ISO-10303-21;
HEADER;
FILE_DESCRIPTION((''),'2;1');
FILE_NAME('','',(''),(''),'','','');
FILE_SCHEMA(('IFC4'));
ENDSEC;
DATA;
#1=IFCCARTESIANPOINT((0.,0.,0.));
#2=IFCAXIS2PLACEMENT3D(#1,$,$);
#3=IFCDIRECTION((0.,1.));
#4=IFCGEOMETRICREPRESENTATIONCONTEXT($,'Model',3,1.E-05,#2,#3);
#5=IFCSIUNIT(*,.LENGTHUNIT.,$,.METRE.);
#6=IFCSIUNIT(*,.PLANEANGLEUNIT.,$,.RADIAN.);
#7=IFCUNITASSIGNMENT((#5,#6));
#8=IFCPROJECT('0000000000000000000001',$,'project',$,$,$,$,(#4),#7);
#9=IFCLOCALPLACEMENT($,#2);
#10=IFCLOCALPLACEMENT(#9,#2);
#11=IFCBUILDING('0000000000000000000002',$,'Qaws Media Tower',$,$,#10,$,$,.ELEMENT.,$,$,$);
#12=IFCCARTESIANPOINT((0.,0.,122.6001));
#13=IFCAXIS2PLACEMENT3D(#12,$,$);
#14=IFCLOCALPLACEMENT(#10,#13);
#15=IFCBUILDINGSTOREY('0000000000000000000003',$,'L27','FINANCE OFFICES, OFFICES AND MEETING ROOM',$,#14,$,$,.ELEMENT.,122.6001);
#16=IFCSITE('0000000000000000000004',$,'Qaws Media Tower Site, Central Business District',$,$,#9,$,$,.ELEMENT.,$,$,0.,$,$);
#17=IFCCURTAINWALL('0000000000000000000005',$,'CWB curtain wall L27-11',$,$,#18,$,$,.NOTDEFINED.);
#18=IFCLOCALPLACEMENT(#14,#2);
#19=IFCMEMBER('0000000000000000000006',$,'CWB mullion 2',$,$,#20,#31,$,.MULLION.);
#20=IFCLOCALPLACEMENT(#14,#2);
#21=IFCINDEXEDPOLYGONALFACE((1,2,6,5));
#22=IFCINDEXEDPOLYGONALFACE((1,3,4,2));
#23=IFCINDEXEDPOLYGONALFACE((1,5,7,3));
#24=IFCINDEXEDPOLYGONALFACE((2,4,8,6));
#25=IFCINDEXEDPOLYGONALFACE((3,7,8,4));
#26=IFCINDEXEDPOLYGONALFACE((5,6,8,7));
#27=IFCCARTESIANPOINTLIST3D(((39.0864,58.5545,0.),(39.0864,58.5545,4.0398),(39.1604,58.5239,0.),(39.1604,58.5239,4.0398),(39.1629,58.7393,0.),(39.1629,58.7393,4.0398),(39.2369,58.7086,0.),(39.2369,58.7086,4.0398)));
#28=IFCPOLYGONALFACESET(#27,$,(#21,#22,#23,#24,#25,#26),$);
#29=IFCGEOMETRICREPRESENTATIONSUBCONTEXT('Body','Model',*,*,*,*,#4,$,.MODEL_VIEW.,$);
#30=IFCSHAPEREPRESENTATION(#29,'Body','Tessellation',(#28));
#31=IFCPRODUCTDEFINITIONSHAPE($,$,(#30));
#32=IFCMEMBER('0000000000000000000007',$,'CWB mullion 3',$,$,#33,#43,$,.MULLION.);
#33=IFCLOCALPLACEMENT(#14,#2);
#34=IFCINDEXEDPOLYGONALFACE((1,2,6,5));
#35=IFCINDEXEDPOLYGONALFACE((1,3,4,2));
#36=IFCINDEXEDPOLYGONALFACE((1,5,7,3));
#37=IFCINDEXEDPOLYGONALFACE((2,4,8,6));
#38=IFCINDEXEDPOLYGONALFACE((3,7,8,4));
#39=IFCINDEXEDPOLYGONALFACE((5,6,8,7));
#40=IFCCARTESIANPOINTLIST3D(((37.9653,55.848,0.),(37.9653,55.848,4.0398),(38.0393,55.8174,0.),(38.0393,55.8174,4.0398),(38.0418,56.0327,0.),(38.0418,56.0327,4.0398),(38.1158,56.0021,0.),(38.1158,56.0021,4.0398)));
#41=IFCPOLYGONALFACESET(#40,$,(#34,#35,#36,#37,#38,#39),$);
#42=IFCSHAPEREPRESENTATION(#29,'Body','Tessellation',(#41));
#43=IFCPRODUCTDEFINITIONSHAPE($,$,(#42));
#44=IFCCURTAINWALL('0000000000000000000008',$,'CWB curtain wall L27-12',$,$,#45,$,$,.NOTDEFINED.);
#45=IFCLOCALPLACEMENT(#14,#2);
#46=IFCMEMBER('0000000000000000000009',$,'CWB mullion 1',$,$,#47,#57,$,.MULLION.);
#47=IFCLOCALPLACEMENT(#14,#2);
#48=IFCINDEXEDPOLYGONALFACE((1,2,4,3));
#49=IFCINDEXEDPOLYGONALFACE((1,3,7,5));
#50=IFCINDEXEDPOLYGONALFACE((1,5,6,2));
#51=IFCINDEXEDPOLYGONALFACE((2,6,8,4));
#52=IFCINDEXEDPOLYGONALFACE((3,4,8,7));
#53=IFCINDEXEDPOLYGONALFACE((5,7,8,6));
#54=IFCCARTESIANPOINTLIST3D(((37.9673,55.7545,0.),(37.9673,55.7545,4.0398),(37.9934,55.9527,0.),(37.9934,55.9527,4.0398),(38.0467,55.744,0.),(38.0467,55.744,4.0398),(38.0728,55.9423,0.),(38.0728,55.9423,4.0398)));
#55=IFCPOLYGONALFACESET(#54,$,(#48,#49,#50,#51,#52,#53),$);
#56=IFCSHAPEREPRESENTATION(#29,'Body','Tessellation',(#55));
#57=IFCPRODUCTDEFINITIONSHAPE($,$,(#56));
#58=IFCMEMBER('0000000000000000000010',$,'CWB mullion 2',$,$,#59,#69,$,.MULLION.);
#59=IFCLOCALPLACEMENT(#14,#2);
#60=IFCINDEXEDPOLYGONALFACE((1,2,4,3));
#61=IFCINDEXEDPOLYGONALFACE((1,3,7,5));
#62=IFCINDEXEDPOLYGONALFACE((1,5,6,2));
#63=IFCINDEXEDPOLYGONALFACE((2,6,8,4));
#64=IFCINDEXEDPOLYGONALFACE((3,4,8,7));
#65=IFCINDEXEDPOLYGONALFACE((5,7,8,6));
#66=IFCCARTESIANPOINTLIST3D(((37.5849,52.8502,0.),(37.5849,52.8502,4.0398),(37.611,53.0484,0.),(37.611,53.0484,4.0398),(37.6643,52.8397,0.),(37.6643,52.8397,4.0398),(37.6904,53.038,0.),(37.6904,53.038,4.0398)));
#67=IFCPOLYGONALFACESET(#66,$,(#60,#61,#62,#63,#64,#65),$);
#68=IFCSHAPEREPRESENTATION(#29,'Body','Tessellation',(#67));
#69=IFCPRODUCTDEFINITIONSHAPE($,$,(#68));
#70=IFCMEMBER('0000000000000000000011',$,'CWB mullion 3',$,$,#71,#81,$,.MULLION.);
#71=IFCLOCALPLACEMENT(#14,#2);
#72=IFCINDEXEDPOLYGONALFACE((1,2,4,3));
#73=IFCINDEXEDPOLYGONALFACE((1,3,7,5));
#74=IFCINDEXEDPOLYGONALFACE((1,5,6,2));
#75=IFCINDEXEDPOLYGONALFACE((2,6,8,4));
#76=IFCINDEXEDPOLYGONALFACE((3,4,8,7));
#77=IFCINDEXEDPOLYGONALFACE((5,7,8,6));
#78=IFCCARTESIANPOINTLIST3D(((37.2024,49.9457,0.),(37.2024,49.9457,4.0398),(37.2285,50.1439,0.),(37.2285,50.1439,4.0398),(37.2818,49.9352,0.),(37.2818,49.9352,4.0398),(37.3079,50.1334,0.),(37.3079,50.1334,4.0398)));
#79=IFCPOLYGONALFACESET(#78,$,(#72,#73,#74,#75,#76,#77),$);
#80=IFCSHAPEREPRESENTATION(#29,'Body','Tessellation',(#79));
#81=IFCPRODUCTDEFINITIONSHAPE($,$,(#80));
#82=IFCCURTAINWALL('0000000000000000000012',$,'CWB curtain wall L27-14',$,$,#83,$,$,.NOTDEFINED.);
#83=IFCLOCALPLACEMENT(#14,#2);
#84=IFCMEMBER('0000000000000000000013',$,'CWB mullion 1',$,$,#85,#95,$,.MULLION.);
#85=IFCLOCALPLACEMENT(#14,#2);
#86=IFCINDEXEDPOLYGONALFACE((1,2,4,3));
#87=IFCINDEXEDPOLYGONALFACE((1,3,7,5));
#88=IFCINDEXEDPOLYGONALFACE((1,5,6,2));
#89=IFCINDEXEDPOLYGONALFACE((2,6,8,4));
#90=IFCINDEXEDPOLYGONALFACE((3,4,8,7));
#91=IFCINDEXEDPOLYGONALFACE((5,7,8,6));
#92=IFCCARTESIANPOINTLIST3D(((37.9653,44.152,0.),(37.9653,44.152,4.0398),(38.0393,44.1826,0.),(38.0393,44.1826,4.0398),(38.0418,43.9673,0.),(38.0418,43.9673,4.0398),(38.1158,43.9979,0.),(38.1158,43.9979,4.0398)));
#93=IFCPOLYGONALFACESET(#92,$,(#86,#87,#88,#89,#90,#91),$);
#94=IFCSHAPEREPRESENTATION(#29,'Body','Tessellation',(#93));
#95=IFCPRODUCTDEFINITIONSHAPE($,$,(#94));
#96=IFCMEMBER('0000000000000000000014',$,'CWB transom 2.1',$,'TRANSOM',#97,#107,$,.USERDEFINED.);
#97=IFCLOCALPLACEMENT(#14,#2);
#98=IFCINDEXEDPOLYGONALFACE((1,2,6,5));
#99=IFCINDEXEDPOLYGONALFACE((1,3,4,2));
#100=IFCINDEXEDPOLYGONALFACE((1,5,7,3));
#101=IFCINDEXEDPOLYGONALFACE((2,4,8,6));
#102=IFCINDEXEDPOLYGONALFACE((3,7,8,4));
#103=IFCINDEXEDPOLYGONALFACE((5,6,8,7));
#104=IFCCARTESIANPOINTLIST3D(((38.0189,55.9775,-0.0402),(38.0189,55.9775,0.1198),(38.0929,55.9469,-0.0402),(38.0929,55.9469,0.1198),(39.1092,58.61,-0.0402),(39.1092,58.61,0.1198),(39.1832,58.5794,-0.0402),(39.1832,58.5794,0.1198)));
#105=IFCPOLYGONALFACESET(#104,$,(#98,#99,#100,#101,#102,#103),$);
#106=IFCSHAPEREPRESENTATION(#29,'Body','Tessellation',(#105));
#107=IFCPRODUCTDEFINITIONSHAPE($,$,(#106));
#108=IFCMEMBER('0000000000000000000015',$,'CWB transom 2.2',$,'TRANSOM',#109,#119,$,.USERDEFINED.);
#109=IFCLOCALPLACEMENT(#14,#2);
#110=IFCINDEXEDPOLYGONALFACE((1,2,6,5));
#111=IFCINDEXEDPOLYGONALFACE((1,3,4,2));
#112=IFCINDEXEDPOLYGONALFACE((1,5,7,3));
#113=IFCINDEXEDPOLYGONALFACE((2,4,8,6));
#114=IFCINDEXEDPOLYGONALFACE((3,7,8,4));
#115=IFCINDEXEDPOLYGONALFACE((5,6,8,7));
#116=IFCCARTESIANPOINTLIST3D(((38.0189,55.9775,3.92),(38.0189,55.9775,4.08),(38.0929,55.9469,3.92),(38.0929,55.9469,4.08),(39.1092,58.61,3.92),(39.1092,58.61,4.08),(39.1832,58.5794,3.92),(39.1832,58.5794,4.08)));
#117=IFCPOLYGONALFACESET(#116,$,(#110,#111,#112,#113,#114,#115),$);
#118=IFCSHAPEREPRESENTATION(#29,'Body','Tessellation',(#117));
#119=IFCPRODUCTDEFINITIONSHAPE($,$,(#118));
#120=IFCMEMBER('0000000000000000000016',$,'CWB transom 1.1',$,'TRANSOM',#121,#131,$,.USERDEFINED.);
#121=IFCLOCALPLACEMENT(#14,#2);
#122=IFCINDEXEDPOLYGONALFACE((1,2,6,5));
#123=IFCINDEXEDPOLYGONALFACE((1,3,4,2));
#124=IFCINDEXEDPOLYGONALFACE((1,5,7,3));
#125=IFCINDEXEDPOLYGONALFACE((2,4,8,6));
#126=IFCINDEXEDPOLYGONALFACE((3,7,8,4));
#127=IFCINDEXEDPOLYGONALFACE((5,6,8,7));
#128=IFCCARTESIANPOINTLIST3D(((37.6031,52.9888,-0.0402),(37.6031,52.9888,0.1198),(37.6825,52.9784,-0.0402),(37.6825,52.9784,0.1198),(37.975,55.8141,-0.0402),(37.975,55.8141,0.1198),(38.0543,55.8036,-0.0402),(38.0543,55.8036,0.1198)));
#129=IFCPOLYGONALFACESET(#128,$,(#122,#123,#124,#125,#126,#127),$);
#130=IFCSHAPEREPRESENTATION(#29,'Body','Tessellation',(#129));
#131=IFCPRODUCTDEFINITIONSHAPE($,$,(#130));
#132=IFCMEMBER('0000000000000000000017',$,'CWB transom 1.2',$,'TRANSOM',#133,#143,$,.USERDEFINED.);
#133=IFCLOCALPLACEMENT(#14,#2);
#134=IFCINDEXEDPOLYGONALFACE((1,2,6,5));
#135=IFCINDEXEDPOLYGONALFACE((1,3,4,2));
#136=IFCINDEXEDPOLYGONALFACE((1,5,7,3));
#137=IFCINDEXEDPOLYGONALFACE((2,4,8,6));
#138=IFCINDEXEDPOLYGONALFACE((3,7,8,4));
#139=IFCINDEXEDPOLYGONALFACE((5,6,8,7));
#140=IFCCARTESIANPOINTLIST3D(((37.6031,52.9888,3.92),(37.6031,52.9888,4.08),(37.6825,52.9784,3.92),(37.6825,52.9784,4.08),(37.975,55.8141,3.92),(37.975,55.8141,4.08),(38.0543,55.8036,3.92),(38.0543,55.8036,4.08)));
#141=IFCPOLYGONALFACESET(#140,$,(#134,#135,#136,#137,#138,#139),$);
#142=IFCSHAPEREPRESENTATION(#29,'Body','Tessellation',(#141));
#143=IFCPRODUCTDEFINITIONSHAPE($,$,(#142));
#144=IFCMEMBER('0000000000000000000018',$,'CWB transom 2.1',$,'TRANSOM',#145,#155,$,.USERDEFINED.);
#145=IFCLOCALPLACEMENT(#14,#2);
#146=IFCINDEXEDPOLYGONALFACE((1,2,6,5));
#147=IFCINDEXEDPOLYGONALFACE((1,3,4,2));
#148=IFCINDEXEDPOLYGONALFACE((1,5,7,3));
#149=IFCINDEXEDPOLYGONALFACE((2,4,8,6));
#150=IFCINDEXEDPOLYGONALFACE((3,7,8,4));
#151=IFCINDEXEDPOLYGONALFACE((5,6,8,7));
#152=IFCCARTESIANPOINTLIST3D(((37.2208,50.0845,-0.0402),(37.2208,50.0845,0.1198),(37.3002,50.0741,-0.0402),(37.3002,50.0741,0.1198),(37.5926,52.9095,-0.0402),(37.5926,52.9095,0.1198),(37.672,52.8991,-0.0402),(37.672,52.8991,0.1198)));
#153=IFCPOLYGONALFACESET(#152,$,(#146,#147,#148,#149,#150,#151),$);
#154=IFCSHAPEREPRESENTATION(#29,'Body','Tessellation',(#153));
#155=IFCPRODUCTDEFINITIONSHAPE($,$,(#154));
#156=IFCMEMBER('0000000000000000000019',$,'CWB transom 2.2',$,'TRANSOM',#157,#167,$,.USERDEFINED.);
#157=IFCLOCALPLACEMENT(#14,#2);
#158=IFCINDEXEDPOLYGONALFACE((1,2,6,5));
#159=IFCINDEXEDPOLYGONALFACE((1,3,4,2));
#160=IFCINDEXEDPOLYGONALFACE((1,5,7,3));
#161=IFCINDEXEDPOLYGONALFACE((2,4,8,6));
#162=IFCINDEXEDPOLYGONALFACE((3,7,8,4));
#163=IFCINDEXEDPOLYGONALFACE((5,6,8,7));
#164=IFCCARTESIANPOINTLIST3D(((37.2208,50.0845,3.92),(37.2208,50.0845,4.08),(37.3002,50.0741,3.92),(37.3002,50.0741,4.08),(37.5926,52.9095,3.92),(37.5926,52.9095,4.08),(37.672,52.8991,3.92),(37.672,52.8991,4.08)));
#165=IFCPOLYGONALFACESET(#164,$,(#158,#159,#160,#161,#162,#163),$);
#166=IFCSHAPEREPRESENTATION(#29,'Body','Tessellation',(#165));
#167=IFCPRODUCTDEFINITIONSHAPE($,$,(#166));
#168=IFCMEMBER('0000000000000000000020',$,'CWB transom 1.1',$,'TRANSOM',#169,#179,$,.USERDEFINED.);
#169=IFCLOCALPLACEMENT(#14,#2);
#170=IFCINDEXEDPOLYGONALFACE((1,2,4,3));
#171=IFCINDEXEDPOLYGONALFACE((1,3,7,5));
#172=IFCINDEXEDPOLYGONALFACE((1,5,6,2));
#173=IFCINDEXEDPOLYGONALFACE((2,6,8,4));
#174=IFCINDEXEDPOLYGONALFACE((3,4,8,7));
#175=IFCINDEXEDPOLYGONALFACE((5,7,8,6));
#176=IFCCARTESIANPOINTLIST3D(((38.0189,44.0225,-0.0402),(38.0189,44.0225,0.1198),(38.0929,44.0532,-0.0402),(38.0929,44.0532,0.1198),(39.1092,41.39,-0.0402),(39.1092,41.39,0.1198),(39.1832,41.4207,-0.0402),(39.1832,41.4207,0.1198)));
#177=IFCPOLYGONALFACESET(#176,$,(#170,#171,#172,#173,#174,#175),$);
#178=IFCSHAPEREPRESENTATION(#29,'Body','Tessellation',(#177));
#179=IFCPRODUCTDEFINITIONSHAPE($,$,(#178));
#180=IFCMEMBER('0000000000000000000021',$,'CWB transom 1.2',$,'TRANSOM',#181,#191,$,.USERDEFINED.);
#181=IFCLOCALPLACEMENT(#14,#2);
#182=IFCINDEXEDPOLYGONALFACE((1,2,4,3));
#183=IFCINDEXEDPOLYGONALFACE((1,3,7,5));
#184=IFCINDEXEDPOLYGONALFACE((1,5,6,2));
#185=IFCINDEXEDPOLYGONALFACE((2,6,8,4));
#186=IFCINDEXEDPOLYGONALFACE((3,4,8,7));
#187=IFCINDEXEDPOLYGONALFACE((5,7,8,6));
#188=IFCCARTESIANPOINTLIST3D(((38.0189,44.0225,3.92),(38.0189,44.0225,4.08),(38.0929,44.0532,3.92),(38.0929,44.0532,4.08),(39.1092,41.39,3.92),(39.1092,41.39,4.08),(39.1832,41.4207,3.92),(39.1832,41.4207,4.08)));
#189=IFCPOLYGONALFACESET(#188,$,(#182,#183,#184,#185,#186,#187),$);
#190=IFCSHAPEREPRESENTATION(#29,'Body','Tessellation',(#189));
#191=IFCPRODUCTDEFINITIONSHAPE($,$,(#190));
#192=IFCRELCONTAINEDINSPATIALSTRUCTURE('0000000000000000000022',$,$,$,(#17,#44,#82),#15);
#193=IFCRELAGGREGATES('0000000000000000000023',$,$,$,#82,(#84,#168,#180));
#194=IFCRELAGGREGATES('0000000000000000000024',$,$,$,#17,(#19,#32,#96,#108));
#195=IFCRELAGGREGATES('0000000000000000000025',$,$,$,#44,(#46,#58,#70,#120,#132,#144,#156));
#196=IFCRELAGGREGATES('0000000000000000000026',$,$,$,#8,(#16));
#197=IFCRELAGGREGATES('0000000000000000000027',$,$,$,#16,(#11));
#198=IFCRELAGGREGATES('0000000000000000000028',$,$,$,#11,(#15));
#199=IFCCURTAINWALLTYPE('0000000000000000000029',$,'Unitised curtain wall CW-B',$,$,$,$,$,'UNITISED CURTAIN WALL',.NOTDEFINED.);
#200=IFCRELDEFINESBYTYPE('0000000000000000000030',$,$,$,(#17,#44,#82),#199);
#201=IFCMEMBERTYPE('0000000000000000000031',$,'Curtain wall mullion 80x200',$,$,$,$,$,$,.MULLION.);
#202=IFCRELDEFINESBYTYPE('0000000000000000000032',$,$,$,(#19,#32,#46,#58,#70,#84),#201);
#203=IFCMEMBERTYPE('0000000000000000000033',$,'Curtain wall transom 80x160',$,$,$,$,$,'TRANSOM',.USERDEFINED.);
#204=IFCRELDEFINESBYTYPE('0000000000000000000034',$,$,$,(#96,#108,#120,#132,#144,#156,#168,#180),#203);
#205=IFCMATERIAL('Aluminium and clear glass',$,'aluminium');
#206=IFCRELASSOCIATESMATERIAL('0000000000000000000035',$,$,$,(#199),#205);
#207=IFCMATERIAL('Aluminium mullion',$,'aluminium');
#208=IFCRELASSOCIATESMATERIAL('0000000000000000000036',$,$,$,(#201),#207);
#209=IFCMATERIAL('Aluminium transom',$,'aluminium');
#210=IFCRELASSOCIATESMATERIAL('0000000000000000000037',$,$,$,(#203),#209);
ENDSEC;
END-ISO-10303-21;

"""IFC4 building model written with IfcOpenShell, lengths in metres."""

from ifc_helpers import new_model, si_unit, direction, frame, origin, origin_2d, place, context, subcontext, project, spatial, rectangle, extrude, material, material_profile, profile_set, type_object, element, aggregate, save


model = new_model("IFC4")

# Units and contexts
model_context = context("Model", 3, precision=1e-05, world=origin(), true_north=direction((0.0, 1.0)))
body_context = subcontext(model_context, "Body", "Model", "MODEL_VIEW")
ifc_project = project(units=[si_unit("LENGTHUNIT", "METRE"), si_unit("PLANEANGLEUNIT", "RADIAN")], contexts=[model_context])

# Site, building, storey
site_placement = place(None, origin())
site = spatial("IfcSite", under=ifc_project, at=site_placement, Name="Qaws Media Tower Site, Central Business District", CompositionType="ELEMENT", RefElevation=0.0)
building_placement = place(site_placement, origin())
building = spatial("IfcBuilding", under=site, at=building_placement, Name="Qaws Media Tower", CompositionType="ELEMENT")
storey_placement = place(building_placement, frame((0.0, 0.0, 122.6001)))
storey = spatial("IfcBuildingStorey", under=building, at=storey_placement, Name="L27", Description="FINANCE OFFICES, OFFICES AND MEETING ROOM", CompositionType="ELEMENT", Elevation=122.6001)

# Curtain walls, members
ifc_material_1 = material(Name="Aluminium and clear glass", Category="aluminium")
curtain_wall_type = type_object("IfcCurtainWallType", Name="Unitised curtain wall CW-B", ElementType="UNITISED CURTAIN WALL", PredefinedType="NOTDEFINED", material=ifc_material_1)
curtain_wall_1_placement = place(storey_placement, origin())
curtain_wall_1 = element("IfcCurtainWall", 1, at=curtain_wall_1_placement, inside=storey, type_object=curtain_wall_type, Name="CWB curtain wall L27-11", PredefinedType="NOTDEFINED")
ifc_material_2 = material(Name="Aluminium mullion", Category="aluminium")
ifc_material_profile_1 = material_profile(ifc_material_2, rectangle(XDim=0.0801, YDim=0.2, at=origin_2d()), Name="80x200")
ifc_profile_set_1 = profile_set([ifc_material_profile_1], Name="Aluminium mullion")
member_type_1 = type_object("IfcMemberType", Name="Curtain wall mullion 80x200", PredefinedType="MULLION", material=ifc_profile_set_1)
member_1_placement = place(storey_placement, frame((39.1616, 58.6316, 0.0), z_axis=(0.0, 0.0, 1.0), x_axis=(0.92388, -0.382683, 0.0)))
member_1 = element("IfcMember", 2, at=member_1_placement, type_object=member_type_1, Name="CWB mullion 2", PredefinedType="MULLION", context=body_context, shape_type="SweptSolid", body=[
    extrude(rectangle(XDim=0.0801, YDim=0.2, at=origin_2d()), origin(), (0.0, 0.0, 1.0), 4.0398),
])
member_2_placement = place(storey_placement, frame((38.0405, 55.925, 0.0), z_axis=(0.0, 0.0, 1.0), x_axis=(0.92388, -0.382683, 0.0)))
member_2 = element("IfcMember", 3, at=member_2_placement, type_object=member_type_1, Name="CWB mullion 3", PredefinedType="MULLION", context=body_context, shape_type="SweptSolid", body=[
    extrude(rectangle(XDim=0.0801, YDim=0.2, at=origin_2d()), origin(), (0.0, 0.0, 1.0), 4.0398),
])
curtain_wall_2_placement = place(storey_placement, origin())
curtain_wall_2 = element("IfcCurtainWall", 4, at=curtain_wall_2_placement, inside=storey, type_object=curtain_wall_type, Name="CWB curtain wall L27-12", PredefinedType="NOTDEFINED")
member_3_placement = place(storey_placement, frame((38.02, 55.8484, 0.0), z_axis=(0.0, 0.0, 1.0), x_axis=(0.991445, -0.130526, 0.0)))
member_3 = element("IfcMember", 5, at=member_3_placement, type_object=member_type_1, Name="CWB mullion 1", PredefinedType="MULLION", context=body_context, shape_type="SweptSolid", body=[
    extrude(rectangle(XDim=0.0801, YDim=0.2, at=origin_2d()), origin(), (0.0, 0.0, 1.0), 4.0398),
])
member_4_placement = place(storey_placement, frame((37.6377, 52.9441, 0.0), z_axis=(0.0, 0.0, 1.0), x_axis=(0.991445, -0.130526, 0.0)))
member_4 = element("IfcMember", 6, at=member_4_placement, type_object=member_type_1, Name="CWB mullion 2", PredefinedType="MULLION", context=body_context, shape_type="SweptSolid", body=[
    extrude(rectangle(XDim=0.0801, YDim=0.2, at=origin_2d()), origin(), (0.0, 0.0, 1.0), 4.0398),
])
member_5_placement = place(storey_placement, frame((37.2551, 50.0396, 0.0), z_axis=(0.0, 0.0, 1.0), x_axis=(0.991445, -0.130526, 0.0)))
member_5 = element("IfcMember", 7, at=member_5_placement, type_object=member_type_1, Name="CWB mullion 3", PredefinedType="MULLION", context=body_context, shape_type="SweptSolid", body=[
    extrude(rectangle(XDim=0.0801, YDim=0.2, at=origin_2d()), origin(), (0.0, 0.0, 1.0), 4.0398),
])

# Curtain wall, member
curtain_wall_3_placement = place(storey_placement, origin())
curtain_wall_3 = element("IfcCurtainWall", 8, at=curtain_wall_3_placement, inside=storey, type_object=curtain_wall_type, Name="CWB curtain wall L27-14", PredefinedType="NOTDEFINED")
member_6_placement = place(storey_placement, frame((38.0405, 44.075, 0.0), z_axis=(0.0, 0.0, 1.0), x_axis=(0.92388, 0.382683, 0.0)))
member_6 = element("IfcMember", 9, at=member_6_placement, type_object=member_type_1, Name="CWB mullion 1", PredefinedType="MULLION", context=body_context, shape_type="SweptSolid", body=[
    extrude(rectangle(XDim=0.0801, YDim=0.2, at=origin_2d()), origin(), (0.0, 0.0, 1.0), 4.0398),
])

# Members
ifc_material_3 = material(Name="Aluminium transom", Category="aluminium")
ifc_material_profile_2 = material_profile(ifc_material_3, rectangle(XDim=0.0801, YDim=0.1599, at=origin_2d()), Name="80x160")
ifc_profile_set_2 = profile_set([ifc_material_profile_2], Name="Aluminium transom")
member_type_2 = type_object("IfcMemberType", Name="Curtain wall transom 80x160", ElementType="TRANSOM", PredefinedType="USERDEFINED", material=ifc_profile_set_2)
member_7_placement = place(storey_placement, frame((39.1462, 58.5947, 0.0398), z_axis=(-0.382649, -0.923894, 0.0), x_axis=(0.923894, -0.382649, 0.0)))
member_7 = element("IfcMember", 10, at=member_7_placement, type_object=member_type_2, Name="CWB transom 2.1", ObjectType="TRANSOM", PredefinedType="USERDEFINED", context=body_context, shape_type="SweptSolid", body=[
    extrude(rectangle(XDim=0.0801, YDim=0.1599, at=origin_2d()), origin(), (0.0, 0.0, 1.0), 2.8494),
])
member_8_placement = place(storey_placement, frame((39.1462, 58.5947, 4.0), z_axis=(-0.382649, -0.923894, 0.0), x_axis=(0.923894, -0.382649, 0.0)))
member_8 = element("IfcMember", 11, at=member_8_placement, type_object=member_type_2, Name="CWB transom 2.2", ObjectType="TRANSOM", PredefinedType="USERDEFINED", context=body_context, shape_type="SweptSolid", body=[
    extrude(rectangle(XDim=0.0801, YDim=0.1599, at=origin_2d()), origin(), (0.0, 0.0, 1.0), 2.8494),
])
member_9_placement = place(storey_placement, frame((38.0146, 55.8088, 0.0398), z_axis=(-0.130486, -0.99145, 0.0), x_axis=(0.99145, -0.130486, 0.0)))
member_9 = element("IfcMember", 12, at=member_9_placement, type_object=member_type_2, Name="CWB transom 1.1", ObjectType="TRANSOM", PredefinedType="USERDEFINED", context=body_context, shape_type="SweptSolid", body=[
    extrude(rectangle(XDim=0.0801, YDim=0.1599, at=origin_2d()), origin(), (0.0, 0.0, 1.0), 2.8496),
])
member_10_placement = place(storey_placement, frame((38.0146, 55.8088, 4.0), z_axis=(-0.130486, -0.99145, 0.0), x_axis=(0.99145, -0.130486, 0.0)))
member_10 = element("IfcMember", 13, at=member_10_placement, type_object=member_type_2, Name="CWB transom 1.2", ObjectType="TRANSOM", PredefinedType="USERDEFINED", context=body_context, shape_type="SweptSolid", body=[
    extrude(rectangle(XDim=0.0801, YDim=0.1599, at=origin_2d()), origin(), (0.0, 0.0, 1.0), 2.8496),
])
member_11_placement = place(storey_placement, frame((37.6323, 52.9043, 0.0398), z_axis=(-0.130497, -0.991449, 0.0), x_axis=(0.991449, -0.130497, 0.0)))
member_11 = element("IfcMember", 14, at=member_11_placement, type_object=member_type_2, Name="CWB transom 2.1", ObjectType="TRANSOM", PredefinedType="USERDEFINED", context=body_context, shape_type="SweptSolid", body=[
    extrude(rectangle(XDim=0.0801, YDim=0.1599, at=origin_2d()), origin(), (0.0, 0.0, 1.0), 2.8494),
])
member_12_placement = place(storey_placement, frame((37.6323, 52.9043, 4.0), z_axis=(-0.130497, -0.991449, 0.0), x_axis=(0.991449, -0.130497, 0.0)))
member_12 = element("IfcMember", 15, at=member_12_placement, type_object=member_type_2, Name="CWB transom 2.2", ObjectType="TRANSOM", PredefinedType="USERDEFINED", context=body_context, shape_type="SweptSolid", body=[
    extrude(rectangle(XDim=0.0801, YDim=0.1599, at=origin_2d()), origin(), (0.0, 0.0, 1.0), 2.8494),
])
member_13_placement = place(storey_placement, frame((38.0559, 44.0378, 0.0398), z_axis=(0.382649, -0.923894, 0.0), x_axis=(0.923894, 0.382649, 0.0)))
member_13 = element("IfcMember", 16, at=member_13_placement, type_object=member_type_2, Name="CWB transom 1.1", ObjectType="TRANSOM", PredefinedType="USERDEFINED", context=body_context, shape_type="SweptSolid", body=[
    extrude(rectangle(XDim=0.0801, YDim=0.1599, at=origin_2d()), origin(), (0.0, 0.0, 1.0), 2.8494),
])
member_14_placement = place(storey_placement, frame((38.0559, 44.0378, 4.0), z_axis=(0.382649, -0.923894, 0.0), x_axis=(0.923894, 0.382649, 0.0)))
member_14 = element("IfcMember", 17, at=member_14_placement, type_object=member_type_2, Name="CWB transom 1.2", ObjectType="TRANSOM", PredefinedType="USERDEFINED", context=body_context, shape_type="SweptSolid", body=[
    extrude(rectangle(XDim=0.0801, YDim=0.1599, at=origin_2d()), origin(), (0.0, 0.0, 1.0), 2.8494),
])
aggregate(curtain_wall_3, [member_6, member_13, member_14])

aggregate(curtain_wall_1, [member_1, member_2, member_7, member_8])
aggregate(curtain_wall_2, [member_3, member_4, member_5, member_9, member_10, member_11, member_12])

save(model, "model.ifc")
